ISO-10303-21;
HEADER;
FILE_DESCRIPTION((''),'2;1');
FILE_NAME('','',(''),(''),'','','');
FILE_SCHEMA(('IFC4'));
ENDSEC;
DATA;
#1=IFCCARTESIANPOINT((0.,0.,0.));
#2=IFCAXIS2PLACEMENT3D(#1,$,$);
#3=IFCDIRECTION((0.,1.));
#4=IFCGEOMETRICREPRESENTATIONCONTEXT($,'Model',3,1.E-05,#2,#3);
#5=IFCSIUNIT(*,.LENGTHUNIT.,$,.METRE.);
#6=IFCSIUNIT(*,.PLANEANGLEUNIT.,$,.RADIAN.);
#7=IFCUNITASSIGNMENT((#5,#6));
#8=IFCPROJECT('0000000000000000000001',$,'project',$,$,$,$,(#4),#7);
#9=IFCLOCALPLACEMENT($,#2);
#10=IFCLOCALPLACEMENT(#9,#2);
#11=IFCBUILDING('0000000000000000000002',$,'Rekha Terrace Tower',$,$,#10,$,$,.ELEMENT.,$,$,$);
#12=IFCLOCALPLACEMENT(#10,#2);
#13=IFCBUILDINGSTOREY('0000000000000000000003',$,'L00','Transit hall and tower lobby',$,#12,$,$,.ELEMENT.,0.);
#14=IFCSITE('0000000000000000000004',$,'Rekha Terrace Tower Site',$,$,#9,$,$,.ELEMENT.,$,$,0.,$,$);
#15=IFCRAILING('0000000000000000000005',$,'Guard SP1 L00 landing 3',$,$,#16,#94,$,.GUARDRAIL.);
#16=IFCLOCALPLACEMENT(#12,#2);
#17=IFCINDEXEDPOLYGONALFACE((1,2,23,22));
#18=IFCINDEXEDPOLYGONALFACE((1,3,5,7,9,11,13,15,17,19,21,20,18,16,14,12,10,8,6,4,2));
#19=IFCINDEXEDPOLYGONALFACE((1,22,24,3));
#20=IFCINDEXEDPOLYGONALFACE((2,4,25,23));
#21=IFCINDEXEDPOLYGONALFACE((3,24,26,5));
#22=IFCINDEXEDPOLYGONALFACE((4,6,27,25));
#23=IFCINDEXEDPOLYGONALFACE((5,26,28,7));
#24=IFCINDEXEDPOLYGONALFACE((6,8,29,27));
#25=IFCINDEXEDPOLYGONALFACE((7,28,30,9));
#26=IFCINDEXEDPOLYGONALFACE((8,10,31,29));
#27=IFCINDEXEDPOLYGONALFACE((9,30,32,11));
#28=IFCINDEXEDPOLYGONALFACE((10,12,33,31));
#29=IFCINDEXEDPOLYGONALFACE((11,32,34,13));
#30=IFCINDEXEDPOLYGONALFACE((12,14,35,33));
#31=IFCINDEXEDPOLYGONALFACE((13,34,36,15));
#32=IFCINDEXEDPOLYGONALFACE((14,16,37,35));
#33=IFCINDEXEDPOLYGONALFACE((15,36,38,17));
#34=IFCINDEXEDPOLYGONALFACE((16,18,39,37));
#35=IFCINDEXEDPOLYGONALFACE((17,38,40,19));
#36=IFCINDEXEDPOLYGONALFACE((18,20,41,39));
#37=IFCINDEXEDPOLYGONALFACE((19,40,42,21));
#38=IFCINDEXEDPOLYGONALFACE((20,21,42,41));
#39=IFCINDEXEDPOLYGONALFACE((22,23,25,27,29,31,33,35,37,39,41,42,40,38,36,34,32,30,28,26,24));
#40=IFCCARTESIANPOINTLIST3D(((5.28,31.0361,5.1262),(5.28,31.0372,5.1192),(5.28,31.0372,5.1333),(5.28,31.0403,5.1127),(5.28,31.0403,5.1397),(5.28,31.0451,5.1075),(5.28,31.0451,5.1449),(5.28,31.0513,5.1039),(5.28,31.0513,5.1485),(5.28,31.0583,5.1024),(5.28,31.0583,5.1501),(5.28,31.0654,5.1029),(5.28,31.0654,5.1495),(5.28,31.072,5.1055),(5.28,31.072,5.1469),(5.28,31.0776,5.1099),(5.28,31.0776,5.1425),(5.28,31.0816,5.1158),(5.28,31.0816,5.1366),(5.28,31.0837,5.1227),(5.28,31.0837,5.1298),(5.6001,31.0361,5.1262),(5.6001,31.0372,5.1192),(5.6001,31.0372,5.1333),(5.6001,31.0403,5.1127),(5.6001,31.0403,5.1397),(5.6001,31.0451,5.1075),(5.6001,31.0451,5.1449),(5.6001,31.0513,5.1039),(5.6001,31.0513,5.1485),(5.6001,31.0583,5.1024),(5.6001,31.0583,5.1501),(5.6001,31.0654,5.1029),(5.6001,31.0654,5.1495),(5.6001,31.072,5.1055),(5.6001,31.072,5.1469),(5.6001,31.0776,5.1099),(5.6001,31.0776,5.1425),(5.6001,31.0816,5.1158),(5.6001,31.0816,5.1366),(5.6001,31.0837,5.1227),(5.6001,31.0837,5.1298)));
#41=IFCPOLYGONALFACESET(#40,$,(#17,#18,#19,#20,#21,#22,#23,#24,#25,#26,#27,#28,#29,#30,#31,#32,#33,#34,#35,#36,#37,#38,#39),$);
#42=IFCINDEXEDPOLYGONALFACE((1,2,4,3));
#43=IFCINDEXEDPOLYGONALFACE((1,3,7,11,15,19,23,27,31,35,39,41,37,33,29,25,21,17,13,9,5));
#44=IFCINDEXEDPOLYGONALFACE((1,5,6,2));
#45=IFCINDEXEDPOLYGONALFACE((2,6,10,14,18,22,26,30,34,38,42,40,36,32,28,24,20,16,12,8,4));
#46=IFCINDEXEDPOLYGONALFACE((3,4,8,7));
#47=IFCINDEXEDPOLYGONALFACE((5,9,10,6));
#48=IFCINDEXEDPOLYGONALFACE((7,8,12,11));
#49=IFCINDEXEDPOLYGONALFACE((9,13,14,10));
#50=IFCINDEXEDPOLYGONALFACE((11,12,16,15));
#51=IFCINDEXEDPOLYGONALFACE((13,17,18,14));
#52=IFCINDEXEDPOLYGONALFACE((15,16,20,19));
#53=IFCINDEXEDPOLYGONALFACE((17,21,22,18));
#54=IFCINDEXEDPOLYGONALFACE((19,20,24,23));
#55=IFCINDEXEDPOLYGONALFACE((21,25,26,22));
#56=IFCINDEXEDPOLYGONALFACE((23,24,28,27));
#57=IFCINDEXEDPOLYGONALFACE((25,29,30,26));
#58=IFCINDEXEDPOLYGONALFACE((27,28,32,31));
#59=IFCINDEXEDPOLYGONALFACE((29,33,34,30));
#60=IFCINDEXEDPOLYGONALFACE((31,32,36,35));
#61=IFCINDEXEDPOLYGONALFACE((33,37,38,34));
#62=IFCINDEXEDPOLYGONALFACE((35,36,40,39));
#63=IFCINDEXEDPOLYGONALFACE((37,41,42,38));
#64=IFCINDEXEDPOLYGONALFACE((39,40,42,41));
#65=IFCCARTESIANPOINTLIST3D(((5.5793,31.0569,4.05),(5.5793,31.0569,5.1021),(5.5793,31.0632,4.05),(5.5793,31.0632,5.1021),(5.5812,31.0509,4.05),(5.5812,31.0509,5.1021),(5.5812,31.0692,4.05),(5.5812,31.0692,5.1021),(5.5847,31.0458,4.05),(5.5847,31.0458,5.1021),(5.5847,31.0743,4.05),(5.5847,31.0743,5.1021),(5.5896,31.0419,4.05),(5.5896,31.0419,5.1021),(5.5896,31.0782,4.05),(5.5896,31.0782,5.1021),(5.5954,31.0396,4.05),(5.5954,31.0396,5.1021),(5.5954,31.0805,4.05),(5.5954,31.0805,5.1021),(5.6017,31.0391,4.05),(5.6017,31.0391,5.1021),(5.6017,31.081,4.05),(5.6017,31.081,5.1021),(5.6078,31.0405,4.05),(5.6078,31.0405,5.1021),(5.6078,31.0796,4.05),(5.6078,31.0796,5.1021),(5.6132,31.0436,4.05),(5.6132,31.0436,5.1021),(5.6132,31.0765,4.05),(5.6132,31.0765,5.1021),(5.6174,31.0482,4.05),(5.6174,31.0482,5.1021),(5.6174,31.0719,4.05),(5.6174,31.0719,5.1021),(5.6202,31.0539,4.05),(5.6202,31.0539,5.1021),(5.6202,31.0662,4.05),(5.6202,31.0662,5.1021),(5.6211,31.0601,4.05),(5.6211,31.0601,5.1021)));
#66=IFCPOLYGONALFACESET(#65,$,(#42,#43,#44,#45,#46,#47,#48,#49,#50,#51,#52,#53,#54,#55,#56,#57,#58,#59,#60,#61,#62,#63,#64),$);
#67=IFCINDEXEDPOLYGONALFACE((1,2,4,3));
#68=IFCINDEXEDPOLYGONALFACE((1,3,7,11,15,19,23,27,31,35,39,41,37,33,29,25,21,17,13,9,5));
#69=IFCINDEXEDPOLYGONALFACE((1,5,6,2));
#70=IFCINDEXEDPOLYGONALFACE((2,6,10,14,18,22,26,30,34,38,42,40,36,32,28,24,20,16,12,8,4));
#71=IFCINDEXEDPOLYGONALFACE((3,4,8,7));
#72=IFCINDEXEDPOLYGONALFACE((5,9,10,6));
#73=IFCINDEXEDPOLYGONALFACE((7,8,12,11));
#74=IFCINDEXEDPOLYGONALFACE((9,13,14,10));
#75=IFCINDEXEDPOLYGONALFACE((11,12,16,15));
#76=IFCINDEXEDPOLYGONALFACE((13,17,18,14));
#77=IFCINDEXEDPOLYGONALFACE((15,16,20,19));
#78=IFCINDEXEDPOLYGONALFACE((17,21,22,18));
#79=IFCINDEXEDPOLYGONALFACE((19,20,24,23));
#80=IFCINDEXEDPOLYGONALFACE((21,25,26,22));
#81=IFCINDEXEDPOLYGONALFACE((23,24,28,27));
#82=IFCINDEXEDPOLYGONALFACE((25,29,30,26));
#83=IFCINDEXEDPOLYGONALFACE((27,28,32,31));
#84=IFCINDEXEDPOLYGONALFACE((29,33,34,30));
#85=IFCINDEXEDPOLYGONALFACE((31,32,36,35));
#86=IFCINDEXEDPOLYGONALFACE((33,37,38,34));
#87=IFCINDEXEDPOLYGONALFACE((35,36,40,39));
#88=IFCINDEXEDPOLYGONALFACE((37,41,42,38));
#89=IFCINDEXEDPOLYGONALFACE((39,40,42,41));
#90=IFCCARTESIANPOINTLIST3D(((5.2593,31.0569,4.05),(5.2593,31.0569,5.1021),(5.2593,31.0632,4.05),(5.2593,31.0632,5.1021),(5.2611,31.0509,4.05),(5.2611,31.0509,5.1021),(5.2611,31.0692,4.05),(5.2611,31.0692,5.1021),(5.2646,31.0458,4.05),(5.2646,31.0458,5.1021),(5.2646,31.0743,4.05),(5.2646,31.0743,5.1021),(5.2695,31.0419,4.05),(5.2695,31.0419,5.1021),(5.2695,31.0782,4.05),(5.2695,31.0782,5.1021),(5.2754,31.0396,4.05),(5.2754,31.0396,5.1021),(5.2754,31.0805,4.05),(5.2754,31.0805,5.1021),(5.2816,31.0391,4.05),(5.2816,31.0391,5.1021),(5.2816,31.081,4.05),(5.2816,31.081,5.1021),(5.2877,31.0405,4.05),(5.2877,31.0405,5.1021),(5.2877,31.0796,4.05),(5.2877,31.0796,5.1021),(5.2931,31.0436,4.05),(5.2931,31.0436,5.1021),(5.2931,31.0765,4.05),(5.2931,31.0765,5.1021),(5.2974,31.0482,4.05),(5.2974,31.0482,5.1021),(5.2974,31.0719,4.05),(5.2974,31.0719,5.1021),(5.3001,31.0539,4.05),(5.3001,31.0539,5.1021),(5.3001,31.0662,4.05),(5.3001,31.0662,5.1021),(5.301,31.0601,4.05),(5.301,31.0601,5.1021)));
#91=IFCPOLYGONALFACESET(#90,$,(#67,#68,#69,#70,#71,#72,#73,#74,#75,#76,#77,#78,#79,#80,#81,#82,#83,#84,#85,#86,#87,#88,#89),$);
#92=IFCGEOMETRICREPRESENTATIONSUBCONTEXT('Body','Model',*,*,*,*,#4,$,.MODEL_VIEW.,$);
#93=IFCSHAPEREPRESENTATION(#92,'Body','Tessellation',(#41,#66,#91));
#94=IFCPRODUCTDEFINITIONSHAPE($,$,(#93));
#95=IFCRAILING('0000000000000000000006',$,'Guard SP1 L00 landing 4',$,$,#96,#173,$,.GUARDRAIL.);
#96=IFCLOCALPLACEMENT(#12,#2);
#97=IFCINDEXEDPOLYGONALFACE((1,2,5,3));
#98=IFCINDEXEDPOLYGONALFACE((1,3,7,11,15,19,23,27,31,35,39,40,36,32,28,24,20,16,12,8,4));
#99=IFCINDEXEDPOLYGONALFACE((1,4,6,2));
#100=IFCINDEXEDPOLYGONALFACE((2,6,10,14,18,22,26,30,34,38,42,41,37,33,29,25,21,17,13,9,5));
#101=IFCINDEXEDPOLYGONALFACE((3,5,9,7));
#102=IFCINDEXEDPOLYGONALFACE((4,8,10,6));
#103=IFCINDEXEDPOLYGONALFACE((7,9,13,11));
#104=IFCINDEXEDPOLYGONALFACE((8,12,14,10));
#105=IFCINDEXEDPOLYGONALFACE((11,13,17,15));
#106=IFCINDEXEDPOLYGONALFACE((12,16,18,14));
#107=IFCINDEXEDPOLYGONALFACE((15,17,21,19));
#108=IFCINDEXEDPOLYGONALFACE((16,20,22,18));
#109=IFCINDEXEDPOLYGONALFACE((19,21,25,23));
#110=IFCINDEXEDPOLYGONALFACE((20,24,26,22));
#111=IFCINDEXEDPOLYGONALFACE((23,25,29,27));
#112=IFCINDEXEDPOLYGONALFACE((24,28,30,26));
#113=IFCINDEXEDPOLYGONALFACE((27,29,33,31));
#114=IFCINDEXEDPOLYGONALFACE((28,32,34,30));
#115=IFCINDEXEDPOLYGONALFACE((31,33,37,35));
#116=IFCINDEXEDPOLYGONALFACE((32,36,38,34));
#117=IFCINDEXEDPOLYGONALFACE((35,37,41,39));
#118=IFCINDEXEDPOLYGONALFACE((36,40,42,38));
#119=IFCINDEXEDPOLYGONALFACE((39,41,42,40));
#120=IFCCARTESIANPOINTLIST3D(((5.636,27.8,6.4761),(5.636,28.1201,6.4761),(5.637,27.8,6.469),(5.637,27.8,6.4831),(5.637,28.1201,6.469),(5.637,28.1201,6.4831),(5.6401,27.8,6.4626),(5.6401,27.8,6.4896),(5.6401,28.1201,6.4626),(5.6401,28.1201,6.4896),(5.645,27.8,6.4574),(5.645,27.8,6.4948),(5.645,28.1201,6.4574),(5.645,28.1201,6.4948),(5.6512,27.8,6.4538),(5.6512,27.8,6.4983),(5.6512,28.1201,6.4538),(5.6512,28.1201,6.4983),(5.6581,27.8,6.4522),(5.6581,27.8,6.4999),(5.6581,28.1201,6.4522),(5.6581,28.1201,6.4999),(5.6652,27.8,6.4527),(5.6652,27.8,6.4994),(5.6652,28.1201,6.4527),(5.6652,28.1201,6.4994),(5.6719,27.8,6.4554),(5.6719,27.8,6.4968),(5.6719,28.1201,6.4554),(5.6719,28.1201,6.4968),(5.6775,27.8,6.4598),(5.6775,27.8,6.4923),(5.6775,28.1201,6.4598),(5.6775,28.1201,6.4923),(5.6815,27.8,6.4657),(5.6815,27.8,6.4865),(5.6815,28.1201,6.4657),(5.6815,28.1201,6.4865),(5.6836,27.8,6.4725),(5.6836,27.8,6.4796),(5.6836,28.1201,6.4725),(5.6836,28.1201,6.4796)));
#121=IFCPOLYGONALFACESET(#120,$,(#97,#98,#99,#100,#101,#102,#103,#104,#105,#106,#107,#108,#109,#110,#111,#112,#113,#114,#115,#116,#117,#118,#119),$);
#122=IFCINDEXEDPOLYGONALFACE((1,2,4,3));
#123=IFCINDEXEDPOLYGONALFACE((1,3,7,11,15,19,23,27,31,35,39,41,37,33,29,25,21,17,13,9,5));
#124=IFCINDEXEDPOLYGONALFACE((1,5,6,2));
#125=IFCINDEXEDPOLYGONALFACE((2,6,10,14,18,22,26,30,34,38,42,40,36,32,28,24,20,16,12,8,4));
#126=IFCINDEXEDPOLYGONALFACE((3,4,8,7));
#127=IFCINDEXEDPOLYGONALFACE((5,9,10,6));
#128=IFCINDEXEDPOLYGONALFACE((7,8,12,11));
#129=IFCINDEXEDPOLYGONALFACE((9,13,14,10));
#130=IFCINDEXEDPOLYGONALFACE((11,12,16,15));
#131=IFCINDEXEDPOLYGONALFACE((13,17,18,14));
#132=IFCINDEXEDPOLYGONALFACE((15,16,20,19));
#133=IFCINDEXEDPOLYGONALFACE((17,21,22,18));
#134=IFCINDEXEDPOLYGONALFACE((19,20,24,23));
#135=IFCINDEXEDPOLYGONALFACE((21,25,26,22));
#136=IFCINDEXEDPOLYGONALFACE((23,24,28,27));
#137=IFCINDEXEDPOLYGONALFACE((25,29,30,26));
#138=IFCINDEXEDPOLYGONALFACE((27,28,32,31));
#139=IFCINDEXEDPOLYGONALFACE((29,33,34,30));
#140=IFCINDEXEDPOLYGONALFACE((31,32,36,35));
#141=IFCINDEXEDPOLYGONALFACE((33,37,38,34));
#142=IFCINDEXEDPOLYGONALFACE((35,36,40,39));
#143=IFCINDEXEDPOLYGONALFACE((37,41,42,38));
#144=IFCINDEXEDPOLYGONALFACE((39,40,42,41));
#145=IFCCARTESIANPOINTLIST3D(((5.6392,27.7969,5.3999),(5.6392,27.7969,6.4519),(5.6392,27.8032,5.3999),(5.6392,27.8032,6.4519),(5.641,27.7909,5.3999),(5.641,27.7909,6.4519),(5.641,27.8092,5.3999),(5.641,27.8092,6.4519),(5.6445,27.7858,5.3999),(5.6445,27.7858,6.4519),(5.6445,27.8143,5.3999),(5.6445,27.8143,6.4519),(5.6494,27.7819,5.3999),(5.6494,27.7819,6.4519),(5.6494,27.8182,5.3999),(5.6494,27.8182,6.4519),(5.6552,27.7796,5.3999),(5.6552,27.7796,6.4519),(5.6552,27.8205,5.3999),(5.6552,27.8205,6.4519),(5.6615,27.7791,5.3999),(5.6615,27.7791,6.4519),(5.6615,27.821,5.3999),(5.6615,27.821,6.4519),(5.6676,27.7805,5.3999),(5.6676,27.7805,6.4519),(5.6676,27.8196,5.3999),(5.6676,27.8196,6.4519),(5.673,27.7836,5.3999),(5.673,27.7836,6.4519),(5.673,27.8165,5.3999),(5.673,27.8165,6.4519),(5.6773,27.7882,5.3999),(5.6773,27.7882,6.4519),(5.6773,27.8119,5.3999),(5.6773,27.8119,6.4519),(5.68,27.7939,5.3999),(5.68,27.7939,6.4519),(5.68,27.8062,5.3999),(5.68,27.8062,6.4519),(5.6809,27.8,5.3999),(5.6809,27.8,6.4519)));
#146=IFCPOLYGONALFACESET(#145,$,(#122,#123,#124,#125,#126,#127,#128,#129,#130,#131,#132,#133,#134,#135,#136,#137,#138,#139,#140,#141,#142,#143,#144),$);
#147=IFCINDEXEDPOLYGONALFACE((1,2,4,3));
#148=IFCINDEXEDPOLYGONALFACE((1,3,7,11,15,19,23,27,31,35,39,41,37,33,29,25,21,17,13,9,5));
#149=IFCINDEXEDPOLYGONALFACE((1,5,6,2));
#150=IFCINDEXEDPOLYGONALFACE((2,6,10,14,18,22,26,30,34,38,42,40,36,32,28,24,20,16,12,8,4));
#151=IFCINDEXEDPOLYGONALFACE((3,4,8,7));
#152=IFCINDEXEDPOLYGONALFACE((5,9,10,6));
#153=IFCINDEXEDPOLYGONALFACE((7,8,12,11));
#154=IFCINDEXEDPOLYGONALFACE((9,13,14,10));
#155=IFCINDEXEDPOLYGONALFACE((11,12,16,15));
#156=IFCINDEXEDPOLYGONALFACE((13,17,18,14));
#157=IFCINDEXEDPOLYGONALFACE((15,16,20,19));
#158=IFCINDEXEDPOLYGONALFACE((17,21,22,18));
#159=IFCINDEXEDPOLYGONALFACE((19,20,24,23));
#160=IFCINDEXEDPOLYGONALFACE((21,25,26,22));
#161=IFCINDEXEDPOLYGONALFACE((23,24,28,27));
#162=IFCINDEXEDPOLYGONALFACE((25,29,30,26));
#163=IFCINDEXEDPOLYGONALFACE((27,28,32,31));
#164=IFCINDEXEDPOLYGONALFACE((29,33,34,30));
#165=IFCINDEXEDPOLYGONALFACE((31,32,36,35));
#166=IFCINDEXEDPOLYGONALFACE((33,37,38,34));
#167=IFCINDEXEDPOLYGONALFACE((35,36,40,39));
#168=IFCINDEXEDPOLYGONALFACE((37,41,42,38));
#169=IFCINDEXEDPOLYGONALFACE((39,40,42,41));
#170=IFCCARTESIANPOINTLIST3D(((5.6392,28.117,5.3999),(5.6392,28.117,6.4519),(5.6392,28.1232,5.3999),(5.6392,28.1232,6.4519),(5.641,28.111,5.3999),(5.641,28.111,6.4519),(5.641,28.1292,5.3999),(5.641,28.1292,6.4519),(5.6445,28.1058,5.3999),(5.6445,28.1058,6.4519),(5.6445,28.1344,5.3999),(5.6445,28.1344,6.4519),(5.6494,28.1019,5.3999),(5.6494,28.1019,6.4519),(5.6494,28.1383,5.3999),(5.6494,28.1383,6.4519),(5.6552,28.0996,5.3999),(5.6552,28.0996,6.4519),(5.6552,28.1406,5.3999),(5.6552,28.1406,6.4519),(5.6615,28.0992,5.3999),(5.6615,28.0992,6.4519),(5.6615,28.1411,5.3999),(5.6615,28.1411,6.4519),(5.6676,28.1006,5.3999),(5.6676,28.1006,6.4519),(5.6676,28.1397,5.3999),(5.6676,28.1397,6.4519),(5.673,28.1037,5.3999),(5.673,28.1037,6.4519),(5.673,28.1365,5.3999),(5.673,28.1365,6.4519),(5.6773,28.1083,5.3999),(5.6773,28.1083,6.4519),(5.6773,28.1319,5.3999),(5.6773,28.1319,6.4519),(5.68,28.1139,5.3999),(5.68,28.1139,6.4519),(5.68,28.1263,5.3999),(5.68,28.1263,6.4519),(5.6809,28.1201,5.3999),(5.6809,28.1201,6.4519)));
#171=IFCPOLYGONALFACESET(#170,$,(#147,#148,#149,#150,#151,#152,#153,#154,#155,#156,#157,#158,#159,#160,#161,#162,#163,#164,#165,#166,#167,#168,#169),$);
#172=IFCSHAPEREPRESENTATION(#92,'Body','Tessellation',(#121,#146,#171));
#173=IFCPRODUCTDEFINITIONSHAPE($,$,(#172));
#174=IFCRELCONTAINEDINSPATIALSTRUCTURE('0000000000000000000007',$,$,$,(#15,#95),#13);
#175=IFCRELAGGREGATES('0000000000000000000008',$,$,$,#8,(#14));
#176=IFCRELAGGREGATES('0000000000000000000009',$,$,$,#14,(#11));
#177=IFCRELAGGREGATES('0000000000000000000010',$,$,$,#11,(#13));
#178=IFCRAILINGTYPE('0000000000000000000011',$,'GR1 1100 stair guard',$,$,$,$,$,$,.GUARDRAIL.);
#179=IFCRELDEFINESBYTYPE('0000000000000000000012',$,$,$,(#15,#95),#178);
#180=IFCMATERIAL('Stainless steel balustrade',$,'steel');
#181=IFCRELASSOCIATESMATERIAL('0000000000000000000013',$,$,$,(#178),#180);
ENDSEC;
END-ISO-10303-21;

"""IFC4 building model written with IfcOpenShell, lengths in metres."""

from ifc_helpers import new_model, si_unit, direction, frame, origin, origin_2d, place, context, subcontext, project, spatial, circle, extrude, material, type_object, element, save


model = new_model("IFC4")

# Units and contexts
model_context = context("Model", 3, precision=1e-05, world=origin(), true_north=direction((0.0, 1.0)))
body_context = subcontext(model_context, "Body", "Model", "MODEL_VIEW")
ifc_project = project(units=[si_unit("LENGTHUNIT", "METRE"), si_unit("PLANEANGLEUNIT", "RADIAN")], contexts=[model_context])

# Site, building, storey
site_placement = place(None, origin())
site = spatial("IfcSite", under=ifc_project, at=site_placement, Name="Rekha Terrace Tower Site", CompositionType="ELEMENT", RefElevation=0.0)
building_placement = place(site_placement, origin())
building = spatial("IfcBuilding", under=site, at=building_placement, Name="Rekha Terrace Tower", CompositionType="ELEMENT")
storey_placement = place(building_placement, origin())
storey = spatial("IfcBuildingStorey", under=building, at=storey_placement, Name="L00", Description="Transit hall and tower lobby", CompositionType="ELEMENT", Elevation=0.0)

# Railings
ifc_material_1 = material(Name="Stainless steel balustrade", Category="steel")
railing_type_1 = type_object("IfcRailingType", Name="GR1 1100 stair guard", PredefinedType="GUARDRAIL", material=ifc_material_1)
railing_1_placement = place(storey_placement, frame((5.6001, 31.0601, 4.05)))
element("IfcRailing", 1, at=railing_1_placement, inside=storey, type_object=railing_type_1, Name="Guard SP1 L00 landing 3", PredefinedType="GUARDRAIL", context=body_context, shape_type="SweptSolid", body=[
    extrude(circle(Radius=0.0239, at=origin_2d()), frame((0.0, 0.0, 1.0762), z_axis=(-1.0, 0.0, 0.0), x_axis=(0.0, -1.0, 0.0)), (0.0, 0.0, 1.0), 0.3201),
    extrude(circle(Radius=0.021, at=origin_2d()), origin(), (0.0, 0.0, 1.0), 1.052),
    extrude(circle(Radius=0.021, at=origin_2d()), frame((-0.3201, 0.0, 0.0)), (0.0, 0.0, 1.0), 1.052),
])
railing_2_placement = place(storey_placement, frame((5.6599, 27.8, 5.3999)))
element("IfcRailing", 2, at=railing_2_placement, inside=storey, type_object=railing_type_1, Name="Guard SP1 L00 landing 4", PredefinedType="GUARDRAIL", context=body_context, shape_type="SweptSolid", body=[
    extrude(circle(Radius=0.0239, at=origin_2d()), frame((0.0, 0.0, 1.0762), z_axis=(0.0, 1.0, 0.0), x_axis=(-1.0, 0.0, 0.0)), (0.0, 0.0, 1.0), 0.3201),
    extrude(circle(Radius=0.021, at=origin_2d()), origin(), (0.0, 0.0, 1.0), 1.052),
    extrude(circle(Radius=0.021, at=origin_2d()), frame((0.0, 0.3201, 0.0)), (0.0, 0.0, 1.0), 1.052),
])

save(model, "model.ifc")
